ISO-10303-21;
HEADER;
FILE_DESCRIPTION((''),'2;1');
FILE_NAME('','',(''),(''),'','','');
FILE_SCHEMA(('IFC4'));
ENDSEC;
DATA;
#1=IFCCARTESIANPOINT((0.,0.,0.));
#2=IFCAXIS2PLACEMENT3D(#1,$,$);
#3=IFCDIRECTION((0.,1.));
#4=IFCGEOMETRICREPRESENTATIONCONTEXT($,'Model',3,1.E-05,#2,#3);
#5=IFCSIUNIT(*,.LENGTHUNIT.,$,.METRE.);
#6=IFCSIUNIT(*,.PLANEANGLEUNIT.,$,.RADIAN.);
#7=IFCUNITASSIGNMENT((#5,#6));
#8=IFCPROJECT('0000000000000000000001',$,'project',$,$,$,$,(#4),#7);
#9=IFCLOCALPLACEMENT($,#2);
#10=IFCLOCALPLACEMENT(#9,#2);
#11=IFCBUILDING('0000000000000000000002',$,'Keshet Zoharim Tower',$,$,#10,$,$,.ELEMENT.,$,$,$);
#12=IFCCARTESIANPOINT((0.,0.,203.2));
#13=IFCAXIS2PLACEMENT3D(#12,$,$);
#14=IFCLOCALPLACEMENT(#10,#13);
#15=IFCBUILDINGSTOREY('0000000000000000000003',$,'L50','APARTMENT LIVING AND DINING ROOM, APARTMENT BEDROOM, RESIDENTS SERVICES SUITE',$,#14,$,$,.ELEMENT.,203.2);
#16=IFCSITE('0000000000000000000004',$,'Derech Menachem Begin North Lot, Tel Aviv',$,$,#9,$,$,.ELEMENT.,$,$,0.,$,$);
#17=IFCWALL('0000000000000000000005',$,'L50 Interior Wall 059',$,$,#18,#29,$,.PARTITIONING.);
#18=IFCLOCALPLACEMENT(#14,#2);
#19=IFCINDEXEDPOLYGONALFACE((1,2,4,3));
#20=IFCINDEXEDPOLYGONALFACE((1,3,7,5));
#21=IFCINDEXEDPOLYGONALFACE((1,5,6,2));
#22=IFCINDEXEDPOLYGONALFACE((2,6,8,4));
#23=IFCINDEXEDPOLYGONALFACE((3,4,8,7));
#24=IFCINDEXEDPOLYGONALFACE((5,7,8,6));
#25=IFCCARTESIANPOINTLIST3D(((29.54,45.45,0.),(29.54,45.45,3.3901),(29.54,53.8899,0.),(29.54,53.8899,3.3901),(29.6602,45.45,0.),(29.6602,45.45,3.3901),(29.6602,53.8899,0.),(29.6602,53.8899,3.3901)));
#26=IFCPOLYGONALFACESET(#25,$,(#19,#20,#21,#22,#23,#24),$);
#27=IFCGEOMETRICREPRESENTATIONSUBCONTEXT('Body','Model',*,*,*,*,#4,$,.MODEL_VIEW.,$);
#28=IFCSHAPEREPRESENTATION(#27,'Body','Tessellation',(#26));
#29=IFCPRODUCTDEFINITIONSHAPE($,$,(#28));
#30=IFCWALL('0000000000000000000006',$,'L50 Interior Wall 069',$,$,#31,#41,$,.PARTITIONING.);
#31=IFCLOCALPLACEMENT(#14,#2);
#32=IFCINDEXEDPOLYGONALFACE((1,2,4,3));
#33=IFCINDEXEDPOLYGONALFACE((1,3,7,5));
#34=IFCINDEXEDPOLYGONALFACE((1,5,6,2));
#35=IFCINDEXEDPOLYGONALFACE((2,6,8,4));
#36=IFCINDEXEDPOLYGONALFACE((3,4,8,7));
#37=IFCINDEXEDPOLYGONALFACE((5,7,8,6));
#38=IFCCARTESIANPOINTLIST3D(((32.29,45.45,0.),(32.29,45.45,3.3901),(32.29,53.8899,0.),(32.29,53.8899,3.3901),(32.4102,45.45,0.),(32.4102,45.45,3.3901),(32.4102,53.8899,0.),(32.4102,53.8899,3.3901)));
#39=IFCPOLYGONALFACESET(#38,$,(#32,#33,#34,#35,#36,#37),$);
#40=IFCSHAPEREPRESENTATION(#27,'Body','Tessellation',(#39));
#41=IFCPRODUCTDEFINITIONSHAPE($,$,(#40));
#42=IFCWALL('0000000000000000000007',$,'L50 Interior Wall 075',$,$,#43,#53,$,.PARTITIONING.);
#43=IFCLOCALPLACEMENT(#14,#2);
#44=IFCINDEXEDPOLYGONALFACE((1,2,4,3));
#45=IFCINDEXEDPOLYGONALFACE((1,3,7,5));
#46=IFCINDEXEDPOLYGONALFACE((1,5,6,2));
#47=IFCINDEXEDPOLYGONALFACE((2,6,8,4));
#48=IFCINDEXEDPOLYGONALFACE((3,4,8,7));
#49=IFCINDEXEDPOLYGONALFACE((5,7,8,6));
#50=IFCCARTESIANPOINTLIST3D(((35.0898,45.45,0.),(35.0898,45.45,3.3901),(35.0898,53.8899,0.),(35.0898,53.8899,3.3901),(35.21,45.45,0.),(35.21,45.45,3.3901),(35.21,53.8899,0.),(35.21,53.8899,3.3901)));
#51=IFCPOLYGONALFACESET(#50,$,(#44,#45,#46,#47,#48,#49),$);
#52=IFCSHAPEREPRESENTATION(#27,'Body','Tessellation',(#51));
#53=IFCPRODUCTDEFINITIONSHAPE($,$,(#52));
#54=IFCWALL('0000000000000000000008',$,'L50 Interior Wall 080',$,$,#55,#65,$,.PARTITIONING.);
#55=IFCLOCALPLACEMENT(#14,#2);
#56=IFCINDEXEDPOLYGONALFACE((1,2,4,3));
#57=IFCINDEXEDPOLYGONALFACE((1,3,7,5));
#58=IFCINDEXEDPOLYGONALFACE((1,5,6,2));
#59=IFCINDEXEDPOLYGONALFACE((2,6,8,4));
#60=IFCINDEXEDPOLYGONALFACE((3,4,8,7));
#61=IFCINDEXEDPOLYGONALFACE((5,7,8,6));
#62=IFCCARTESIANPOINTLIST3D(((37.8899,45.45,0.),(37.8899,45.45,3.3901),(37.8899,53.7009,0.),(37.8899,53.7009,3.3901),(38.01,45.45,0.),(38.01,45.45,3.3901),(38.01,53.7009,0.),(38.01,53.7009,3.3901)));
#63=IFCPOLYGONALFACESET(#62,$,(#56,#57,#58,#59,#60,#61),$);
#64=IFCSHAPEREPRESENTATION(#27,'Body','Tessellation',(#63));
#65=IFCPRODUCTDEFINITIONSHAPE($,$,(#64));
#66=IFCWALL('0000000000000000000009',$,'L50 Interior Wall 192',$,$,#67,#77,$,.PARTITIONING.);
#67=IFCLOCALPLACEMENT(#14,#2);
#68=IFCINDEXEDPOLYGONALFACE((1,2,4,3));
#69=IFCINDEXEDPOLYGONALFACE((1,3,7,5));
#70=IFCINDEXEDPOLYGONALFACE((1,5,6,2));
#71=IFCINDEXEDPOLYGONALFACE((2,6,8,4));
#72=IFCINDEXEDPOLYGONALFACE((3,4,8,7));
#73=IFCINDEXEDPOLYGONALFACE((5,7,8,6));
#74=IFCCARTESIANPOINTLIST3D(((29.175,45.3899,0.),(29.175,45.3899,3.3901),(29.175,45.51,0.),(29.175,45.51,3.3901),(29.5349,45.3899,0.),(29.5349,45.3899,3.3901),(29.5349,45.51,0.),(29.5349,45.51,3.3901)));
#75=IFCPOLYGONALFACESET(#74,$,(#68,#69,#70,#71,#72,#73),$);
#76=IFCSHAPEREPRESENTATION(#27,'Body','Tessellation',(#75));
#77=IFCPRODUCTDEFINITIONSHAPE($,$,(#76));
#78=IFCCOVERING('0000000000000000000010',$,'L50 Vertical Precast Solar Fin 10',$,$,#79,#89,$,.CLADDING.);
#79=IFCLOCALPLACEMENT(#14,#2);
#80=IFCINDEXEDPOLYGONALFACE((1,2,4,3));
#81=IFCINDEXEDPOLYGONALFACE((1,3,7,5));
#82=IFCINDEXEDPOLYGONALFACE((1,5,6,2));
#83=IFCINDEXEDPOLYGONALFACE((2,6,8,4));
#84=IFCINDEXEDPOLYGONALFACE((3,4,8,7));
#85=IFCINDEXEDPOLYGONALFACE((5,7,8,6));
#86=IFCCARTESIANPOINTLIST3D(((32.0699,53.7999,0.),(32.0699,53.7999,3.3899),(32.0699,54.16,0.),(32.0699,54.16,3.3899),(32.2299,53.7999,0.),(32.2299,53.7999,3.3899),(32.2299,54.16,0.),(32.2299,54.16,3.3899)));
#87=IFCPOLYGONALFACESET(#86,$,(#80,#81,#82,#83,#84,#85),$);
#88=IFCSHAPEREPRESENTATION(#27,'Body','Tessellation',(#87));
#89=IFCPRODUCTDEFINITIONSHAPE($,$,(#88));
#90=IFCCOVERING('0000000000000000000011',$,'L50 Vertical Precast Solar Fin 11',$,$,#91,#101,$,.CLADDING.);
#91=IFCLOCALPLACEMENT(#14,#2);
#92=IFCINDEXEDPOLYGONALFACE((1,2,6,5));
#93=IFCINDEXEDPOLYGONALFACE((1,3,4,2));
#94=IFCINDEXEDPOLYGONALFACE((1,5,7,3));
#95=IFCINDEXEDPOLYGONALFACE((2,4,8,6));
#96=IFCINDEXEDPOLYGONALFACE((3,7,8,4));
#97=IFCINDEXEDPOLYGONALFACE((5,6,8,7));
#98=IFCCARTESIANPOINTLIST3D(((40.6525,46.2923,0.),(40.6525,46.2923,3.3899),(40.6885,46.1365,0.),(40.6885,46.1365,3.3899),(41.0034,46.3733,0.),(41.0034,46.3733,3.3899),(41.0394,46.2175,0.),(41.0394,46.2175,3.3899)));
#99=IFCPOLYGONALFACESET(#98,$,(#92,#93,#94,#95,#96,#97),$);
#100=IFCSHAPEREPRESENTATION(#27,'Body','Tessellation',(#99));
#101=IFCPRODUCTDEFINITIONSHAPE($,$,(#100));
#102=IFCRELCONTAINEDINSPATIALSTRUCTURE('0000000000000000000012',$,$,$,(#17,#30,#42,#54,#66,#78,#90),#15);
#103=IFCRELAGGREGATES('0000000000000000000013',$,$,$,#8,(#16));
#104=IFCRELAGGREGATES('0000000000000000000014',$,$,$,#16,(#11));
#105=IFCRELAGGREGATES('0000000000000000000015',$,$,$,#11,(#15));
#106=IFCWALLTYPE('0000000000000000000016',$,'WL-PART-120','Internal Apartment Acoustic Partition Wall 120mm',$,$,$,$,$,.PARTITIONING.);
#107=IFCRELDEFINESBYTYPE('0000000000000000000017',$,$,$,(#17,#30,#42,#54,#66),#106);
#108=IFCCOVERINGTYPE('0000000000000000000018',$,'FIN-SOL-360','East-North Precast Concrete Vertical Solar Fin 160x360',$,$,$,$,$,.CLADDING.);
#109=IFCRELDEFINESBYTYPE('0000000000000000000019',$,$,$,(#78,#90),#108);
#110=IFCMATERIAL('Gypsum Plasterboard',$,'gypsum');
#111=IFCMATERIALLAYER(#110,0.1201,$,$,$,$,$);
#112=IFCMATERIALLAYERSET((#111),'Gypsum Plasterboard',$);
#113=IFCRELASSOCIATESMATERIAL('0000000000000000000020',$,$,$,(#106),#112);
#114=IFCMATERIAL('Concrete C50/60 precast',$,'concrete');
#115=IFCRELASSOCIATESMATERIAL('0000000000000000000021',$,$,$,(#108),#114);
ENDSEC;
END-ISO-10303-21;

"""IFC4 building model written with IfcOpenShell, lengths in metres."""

from ifc_helpers import new_model, si_unit, direction, frame, frame_2d, origin, origin_2d, place, context, subcontext, project, spatial, rectangle, extrude, material, layer, layer_set, type_object, element, save


model = new_model("IFC4")

# Units and contexts
model_context = context("Model", 3, precision=1e-05, world=origin(), true_north=direction((0.0, 1.0)))
body_context = subcontext(model_context, "Body", "Model", "MODEL_VIEW")
ifc_project = project(units=[si_unit("LENGTHUNIT", "METRE"), si_unit("PLANEANGLEUNIT", "RADIAN")], contexts=[model_context])

# Site, building, storey
site_placement = place(None, origin())
site = spatial("IfcSite", under=ifc_project, at=site_placement, Name="Derech Menachem Begin North Lot, Tel Aviv", CompositionType="ELEMENT", RefElevation=0.0)
building_placement = place(site_placement, origin())
building = spatial("IfcBuilding", under=site, at=building_placement, Name="Keshet Zoharim Tower", CompositionType="ELEMENT")
storey_placement = place(building_placement, frame((0.0, 0.0, 203.2)))
storey = spatial("IfcBuildingStorey", under=building, at=storey_placement, Name="L50", Description="APARTMENT LIVING AND DINING ROOM, APARTMENT BEDROOM, RESIDENTS SERVICES SUITE", CompositionType="ELEMENT", Elevation=203.2)

# Walls
ifc_material_1 = material(Name="Gypsum Plasterboard", Category="gypsum")
ifc_layer_1 = layer(ifc_material_1, 0.1201)
ifc_layer_set_1 = layer_set([ifc_layer_1], Name="Gypsum Plasterboard")
wall_type = type_object("IfcWallType", Name="WL-PART-120", Description="Internal Apartment Acoustic Partition Wall 120mm", PredefinedType="PARTITIONING", material=ifc_layer_set_1)
for number, where, z_axis, x_axis, name in (
    (1, (29.6001, 45.45, 0.0), (0.0, 0.0, 1.0), (0.0, 1.0, 0.0), "L50 Interior Wall 059"),
    (2, (32.3501, 45.45, 0.0), (0.0, 0.0, 1.0), (0.0, 1.0, 0.0), "L50 Interior Wall 069"),
    (3, (35.1499, 45.45, 0.0), (0.0, 0.0, 1.0), (0.0, 1.0, 0.0), "L50 Interior Wall 075"),
):
    element("IfcWall", number, at=place(storey_placement, frame(where, z_axis=z_axis, x_axis=x_axis)), inside=storey, type_object=wall_type, Name=name, PredefinedType="PARTITIONING", context=body_context, shape_type="SweptSolid", body=[
        extrude(rectangle(XDim=8.4399, YDim=0.1201, at=frame_2d((4.22, 0.0))), origin(), (0.0, 0.0, 1.0), 3.3901),
    ])
wall_1_placement = place(storey_placement, frame((37.95, 45.45, 0.0), z_axis=(0.0, 0.0, 1.0), x_axis=(0.0, 1.0, 0.0)))
element("IfcWall", 4, at=wall_1_placement, inside=storey, type_object=wall_type, Name="L50 Interior Wall 080", PredefinedType="PARTITIONING", context=body_context, shape_type="SweptSolid", body=[
    extrude(rectangle(XDim=8.251, YDim=0.1201, at=frame_2d((4.1255, 0.0))), origin(), (0.0, 0.0, 1.0), 3.3901),
])
wall_2_placement = place(storey_placement, frame((29.175, 45.45, 0.0), z_axis=(0.0, 0.0, 1.0), x_axis=(1.0, 0.0, 0.0)))
element("IfcWall", 5, at=wall_2_placement, inside=storey, type_object=wall_type, Name="L50 Interior Wall 192", PredefinedType="PARTITIONING", context=body_context, shape_type="SweptSolid", body=[
    extrude(rectangle(XDim=0.3599, YDim=0.1201, at=frame_2d((0.1799, 0.0))), origin(), (0.0, 0.0, 1.0), 3.3901),
])

# Coverings
ifc_material_2 = material(Name="Concrete C50/60 precast", Category="concrete")
covering_type = type_object("IfcCoveringType", Name="FIN-SOL-360", Description="East-North Precast Concrete Vertical Solar Fin 160x360", PredefinedType="CLADDING", material=ifc_material_2)
for number, where, z_axis, x_axis, name in (
    (6, (32.1499, 53.98, 0.0), (0.0, 0.0, 1.0), (1.0, 0.0, 0.0), "L50 Vertical Precast Solar Fin 10"),
    (7, (40.8459, 46.2549, 0.0), (0.0, 0.0, 1.0), (0.224848, -0.974394, 0.0), "L50 Vertical Precast Solar Fin 11"),
):
    element("IfcCovering", number, at=place(storey_placement, frame(where, z_axis=z_axis, x_axis=x_axis)), inside=storey, type_object=covering_type, Name=name, PredefinedType="CLADDING", context=body_context, shape_type="SweptSolid", body=[
        extrude(rectangle(XDim=0.1599, YDim=0.3601, at=origin_2d()), origin(), (0.0, 0.0, 1.0), 3.3899),
    ])

save(model, "model.ifc")
